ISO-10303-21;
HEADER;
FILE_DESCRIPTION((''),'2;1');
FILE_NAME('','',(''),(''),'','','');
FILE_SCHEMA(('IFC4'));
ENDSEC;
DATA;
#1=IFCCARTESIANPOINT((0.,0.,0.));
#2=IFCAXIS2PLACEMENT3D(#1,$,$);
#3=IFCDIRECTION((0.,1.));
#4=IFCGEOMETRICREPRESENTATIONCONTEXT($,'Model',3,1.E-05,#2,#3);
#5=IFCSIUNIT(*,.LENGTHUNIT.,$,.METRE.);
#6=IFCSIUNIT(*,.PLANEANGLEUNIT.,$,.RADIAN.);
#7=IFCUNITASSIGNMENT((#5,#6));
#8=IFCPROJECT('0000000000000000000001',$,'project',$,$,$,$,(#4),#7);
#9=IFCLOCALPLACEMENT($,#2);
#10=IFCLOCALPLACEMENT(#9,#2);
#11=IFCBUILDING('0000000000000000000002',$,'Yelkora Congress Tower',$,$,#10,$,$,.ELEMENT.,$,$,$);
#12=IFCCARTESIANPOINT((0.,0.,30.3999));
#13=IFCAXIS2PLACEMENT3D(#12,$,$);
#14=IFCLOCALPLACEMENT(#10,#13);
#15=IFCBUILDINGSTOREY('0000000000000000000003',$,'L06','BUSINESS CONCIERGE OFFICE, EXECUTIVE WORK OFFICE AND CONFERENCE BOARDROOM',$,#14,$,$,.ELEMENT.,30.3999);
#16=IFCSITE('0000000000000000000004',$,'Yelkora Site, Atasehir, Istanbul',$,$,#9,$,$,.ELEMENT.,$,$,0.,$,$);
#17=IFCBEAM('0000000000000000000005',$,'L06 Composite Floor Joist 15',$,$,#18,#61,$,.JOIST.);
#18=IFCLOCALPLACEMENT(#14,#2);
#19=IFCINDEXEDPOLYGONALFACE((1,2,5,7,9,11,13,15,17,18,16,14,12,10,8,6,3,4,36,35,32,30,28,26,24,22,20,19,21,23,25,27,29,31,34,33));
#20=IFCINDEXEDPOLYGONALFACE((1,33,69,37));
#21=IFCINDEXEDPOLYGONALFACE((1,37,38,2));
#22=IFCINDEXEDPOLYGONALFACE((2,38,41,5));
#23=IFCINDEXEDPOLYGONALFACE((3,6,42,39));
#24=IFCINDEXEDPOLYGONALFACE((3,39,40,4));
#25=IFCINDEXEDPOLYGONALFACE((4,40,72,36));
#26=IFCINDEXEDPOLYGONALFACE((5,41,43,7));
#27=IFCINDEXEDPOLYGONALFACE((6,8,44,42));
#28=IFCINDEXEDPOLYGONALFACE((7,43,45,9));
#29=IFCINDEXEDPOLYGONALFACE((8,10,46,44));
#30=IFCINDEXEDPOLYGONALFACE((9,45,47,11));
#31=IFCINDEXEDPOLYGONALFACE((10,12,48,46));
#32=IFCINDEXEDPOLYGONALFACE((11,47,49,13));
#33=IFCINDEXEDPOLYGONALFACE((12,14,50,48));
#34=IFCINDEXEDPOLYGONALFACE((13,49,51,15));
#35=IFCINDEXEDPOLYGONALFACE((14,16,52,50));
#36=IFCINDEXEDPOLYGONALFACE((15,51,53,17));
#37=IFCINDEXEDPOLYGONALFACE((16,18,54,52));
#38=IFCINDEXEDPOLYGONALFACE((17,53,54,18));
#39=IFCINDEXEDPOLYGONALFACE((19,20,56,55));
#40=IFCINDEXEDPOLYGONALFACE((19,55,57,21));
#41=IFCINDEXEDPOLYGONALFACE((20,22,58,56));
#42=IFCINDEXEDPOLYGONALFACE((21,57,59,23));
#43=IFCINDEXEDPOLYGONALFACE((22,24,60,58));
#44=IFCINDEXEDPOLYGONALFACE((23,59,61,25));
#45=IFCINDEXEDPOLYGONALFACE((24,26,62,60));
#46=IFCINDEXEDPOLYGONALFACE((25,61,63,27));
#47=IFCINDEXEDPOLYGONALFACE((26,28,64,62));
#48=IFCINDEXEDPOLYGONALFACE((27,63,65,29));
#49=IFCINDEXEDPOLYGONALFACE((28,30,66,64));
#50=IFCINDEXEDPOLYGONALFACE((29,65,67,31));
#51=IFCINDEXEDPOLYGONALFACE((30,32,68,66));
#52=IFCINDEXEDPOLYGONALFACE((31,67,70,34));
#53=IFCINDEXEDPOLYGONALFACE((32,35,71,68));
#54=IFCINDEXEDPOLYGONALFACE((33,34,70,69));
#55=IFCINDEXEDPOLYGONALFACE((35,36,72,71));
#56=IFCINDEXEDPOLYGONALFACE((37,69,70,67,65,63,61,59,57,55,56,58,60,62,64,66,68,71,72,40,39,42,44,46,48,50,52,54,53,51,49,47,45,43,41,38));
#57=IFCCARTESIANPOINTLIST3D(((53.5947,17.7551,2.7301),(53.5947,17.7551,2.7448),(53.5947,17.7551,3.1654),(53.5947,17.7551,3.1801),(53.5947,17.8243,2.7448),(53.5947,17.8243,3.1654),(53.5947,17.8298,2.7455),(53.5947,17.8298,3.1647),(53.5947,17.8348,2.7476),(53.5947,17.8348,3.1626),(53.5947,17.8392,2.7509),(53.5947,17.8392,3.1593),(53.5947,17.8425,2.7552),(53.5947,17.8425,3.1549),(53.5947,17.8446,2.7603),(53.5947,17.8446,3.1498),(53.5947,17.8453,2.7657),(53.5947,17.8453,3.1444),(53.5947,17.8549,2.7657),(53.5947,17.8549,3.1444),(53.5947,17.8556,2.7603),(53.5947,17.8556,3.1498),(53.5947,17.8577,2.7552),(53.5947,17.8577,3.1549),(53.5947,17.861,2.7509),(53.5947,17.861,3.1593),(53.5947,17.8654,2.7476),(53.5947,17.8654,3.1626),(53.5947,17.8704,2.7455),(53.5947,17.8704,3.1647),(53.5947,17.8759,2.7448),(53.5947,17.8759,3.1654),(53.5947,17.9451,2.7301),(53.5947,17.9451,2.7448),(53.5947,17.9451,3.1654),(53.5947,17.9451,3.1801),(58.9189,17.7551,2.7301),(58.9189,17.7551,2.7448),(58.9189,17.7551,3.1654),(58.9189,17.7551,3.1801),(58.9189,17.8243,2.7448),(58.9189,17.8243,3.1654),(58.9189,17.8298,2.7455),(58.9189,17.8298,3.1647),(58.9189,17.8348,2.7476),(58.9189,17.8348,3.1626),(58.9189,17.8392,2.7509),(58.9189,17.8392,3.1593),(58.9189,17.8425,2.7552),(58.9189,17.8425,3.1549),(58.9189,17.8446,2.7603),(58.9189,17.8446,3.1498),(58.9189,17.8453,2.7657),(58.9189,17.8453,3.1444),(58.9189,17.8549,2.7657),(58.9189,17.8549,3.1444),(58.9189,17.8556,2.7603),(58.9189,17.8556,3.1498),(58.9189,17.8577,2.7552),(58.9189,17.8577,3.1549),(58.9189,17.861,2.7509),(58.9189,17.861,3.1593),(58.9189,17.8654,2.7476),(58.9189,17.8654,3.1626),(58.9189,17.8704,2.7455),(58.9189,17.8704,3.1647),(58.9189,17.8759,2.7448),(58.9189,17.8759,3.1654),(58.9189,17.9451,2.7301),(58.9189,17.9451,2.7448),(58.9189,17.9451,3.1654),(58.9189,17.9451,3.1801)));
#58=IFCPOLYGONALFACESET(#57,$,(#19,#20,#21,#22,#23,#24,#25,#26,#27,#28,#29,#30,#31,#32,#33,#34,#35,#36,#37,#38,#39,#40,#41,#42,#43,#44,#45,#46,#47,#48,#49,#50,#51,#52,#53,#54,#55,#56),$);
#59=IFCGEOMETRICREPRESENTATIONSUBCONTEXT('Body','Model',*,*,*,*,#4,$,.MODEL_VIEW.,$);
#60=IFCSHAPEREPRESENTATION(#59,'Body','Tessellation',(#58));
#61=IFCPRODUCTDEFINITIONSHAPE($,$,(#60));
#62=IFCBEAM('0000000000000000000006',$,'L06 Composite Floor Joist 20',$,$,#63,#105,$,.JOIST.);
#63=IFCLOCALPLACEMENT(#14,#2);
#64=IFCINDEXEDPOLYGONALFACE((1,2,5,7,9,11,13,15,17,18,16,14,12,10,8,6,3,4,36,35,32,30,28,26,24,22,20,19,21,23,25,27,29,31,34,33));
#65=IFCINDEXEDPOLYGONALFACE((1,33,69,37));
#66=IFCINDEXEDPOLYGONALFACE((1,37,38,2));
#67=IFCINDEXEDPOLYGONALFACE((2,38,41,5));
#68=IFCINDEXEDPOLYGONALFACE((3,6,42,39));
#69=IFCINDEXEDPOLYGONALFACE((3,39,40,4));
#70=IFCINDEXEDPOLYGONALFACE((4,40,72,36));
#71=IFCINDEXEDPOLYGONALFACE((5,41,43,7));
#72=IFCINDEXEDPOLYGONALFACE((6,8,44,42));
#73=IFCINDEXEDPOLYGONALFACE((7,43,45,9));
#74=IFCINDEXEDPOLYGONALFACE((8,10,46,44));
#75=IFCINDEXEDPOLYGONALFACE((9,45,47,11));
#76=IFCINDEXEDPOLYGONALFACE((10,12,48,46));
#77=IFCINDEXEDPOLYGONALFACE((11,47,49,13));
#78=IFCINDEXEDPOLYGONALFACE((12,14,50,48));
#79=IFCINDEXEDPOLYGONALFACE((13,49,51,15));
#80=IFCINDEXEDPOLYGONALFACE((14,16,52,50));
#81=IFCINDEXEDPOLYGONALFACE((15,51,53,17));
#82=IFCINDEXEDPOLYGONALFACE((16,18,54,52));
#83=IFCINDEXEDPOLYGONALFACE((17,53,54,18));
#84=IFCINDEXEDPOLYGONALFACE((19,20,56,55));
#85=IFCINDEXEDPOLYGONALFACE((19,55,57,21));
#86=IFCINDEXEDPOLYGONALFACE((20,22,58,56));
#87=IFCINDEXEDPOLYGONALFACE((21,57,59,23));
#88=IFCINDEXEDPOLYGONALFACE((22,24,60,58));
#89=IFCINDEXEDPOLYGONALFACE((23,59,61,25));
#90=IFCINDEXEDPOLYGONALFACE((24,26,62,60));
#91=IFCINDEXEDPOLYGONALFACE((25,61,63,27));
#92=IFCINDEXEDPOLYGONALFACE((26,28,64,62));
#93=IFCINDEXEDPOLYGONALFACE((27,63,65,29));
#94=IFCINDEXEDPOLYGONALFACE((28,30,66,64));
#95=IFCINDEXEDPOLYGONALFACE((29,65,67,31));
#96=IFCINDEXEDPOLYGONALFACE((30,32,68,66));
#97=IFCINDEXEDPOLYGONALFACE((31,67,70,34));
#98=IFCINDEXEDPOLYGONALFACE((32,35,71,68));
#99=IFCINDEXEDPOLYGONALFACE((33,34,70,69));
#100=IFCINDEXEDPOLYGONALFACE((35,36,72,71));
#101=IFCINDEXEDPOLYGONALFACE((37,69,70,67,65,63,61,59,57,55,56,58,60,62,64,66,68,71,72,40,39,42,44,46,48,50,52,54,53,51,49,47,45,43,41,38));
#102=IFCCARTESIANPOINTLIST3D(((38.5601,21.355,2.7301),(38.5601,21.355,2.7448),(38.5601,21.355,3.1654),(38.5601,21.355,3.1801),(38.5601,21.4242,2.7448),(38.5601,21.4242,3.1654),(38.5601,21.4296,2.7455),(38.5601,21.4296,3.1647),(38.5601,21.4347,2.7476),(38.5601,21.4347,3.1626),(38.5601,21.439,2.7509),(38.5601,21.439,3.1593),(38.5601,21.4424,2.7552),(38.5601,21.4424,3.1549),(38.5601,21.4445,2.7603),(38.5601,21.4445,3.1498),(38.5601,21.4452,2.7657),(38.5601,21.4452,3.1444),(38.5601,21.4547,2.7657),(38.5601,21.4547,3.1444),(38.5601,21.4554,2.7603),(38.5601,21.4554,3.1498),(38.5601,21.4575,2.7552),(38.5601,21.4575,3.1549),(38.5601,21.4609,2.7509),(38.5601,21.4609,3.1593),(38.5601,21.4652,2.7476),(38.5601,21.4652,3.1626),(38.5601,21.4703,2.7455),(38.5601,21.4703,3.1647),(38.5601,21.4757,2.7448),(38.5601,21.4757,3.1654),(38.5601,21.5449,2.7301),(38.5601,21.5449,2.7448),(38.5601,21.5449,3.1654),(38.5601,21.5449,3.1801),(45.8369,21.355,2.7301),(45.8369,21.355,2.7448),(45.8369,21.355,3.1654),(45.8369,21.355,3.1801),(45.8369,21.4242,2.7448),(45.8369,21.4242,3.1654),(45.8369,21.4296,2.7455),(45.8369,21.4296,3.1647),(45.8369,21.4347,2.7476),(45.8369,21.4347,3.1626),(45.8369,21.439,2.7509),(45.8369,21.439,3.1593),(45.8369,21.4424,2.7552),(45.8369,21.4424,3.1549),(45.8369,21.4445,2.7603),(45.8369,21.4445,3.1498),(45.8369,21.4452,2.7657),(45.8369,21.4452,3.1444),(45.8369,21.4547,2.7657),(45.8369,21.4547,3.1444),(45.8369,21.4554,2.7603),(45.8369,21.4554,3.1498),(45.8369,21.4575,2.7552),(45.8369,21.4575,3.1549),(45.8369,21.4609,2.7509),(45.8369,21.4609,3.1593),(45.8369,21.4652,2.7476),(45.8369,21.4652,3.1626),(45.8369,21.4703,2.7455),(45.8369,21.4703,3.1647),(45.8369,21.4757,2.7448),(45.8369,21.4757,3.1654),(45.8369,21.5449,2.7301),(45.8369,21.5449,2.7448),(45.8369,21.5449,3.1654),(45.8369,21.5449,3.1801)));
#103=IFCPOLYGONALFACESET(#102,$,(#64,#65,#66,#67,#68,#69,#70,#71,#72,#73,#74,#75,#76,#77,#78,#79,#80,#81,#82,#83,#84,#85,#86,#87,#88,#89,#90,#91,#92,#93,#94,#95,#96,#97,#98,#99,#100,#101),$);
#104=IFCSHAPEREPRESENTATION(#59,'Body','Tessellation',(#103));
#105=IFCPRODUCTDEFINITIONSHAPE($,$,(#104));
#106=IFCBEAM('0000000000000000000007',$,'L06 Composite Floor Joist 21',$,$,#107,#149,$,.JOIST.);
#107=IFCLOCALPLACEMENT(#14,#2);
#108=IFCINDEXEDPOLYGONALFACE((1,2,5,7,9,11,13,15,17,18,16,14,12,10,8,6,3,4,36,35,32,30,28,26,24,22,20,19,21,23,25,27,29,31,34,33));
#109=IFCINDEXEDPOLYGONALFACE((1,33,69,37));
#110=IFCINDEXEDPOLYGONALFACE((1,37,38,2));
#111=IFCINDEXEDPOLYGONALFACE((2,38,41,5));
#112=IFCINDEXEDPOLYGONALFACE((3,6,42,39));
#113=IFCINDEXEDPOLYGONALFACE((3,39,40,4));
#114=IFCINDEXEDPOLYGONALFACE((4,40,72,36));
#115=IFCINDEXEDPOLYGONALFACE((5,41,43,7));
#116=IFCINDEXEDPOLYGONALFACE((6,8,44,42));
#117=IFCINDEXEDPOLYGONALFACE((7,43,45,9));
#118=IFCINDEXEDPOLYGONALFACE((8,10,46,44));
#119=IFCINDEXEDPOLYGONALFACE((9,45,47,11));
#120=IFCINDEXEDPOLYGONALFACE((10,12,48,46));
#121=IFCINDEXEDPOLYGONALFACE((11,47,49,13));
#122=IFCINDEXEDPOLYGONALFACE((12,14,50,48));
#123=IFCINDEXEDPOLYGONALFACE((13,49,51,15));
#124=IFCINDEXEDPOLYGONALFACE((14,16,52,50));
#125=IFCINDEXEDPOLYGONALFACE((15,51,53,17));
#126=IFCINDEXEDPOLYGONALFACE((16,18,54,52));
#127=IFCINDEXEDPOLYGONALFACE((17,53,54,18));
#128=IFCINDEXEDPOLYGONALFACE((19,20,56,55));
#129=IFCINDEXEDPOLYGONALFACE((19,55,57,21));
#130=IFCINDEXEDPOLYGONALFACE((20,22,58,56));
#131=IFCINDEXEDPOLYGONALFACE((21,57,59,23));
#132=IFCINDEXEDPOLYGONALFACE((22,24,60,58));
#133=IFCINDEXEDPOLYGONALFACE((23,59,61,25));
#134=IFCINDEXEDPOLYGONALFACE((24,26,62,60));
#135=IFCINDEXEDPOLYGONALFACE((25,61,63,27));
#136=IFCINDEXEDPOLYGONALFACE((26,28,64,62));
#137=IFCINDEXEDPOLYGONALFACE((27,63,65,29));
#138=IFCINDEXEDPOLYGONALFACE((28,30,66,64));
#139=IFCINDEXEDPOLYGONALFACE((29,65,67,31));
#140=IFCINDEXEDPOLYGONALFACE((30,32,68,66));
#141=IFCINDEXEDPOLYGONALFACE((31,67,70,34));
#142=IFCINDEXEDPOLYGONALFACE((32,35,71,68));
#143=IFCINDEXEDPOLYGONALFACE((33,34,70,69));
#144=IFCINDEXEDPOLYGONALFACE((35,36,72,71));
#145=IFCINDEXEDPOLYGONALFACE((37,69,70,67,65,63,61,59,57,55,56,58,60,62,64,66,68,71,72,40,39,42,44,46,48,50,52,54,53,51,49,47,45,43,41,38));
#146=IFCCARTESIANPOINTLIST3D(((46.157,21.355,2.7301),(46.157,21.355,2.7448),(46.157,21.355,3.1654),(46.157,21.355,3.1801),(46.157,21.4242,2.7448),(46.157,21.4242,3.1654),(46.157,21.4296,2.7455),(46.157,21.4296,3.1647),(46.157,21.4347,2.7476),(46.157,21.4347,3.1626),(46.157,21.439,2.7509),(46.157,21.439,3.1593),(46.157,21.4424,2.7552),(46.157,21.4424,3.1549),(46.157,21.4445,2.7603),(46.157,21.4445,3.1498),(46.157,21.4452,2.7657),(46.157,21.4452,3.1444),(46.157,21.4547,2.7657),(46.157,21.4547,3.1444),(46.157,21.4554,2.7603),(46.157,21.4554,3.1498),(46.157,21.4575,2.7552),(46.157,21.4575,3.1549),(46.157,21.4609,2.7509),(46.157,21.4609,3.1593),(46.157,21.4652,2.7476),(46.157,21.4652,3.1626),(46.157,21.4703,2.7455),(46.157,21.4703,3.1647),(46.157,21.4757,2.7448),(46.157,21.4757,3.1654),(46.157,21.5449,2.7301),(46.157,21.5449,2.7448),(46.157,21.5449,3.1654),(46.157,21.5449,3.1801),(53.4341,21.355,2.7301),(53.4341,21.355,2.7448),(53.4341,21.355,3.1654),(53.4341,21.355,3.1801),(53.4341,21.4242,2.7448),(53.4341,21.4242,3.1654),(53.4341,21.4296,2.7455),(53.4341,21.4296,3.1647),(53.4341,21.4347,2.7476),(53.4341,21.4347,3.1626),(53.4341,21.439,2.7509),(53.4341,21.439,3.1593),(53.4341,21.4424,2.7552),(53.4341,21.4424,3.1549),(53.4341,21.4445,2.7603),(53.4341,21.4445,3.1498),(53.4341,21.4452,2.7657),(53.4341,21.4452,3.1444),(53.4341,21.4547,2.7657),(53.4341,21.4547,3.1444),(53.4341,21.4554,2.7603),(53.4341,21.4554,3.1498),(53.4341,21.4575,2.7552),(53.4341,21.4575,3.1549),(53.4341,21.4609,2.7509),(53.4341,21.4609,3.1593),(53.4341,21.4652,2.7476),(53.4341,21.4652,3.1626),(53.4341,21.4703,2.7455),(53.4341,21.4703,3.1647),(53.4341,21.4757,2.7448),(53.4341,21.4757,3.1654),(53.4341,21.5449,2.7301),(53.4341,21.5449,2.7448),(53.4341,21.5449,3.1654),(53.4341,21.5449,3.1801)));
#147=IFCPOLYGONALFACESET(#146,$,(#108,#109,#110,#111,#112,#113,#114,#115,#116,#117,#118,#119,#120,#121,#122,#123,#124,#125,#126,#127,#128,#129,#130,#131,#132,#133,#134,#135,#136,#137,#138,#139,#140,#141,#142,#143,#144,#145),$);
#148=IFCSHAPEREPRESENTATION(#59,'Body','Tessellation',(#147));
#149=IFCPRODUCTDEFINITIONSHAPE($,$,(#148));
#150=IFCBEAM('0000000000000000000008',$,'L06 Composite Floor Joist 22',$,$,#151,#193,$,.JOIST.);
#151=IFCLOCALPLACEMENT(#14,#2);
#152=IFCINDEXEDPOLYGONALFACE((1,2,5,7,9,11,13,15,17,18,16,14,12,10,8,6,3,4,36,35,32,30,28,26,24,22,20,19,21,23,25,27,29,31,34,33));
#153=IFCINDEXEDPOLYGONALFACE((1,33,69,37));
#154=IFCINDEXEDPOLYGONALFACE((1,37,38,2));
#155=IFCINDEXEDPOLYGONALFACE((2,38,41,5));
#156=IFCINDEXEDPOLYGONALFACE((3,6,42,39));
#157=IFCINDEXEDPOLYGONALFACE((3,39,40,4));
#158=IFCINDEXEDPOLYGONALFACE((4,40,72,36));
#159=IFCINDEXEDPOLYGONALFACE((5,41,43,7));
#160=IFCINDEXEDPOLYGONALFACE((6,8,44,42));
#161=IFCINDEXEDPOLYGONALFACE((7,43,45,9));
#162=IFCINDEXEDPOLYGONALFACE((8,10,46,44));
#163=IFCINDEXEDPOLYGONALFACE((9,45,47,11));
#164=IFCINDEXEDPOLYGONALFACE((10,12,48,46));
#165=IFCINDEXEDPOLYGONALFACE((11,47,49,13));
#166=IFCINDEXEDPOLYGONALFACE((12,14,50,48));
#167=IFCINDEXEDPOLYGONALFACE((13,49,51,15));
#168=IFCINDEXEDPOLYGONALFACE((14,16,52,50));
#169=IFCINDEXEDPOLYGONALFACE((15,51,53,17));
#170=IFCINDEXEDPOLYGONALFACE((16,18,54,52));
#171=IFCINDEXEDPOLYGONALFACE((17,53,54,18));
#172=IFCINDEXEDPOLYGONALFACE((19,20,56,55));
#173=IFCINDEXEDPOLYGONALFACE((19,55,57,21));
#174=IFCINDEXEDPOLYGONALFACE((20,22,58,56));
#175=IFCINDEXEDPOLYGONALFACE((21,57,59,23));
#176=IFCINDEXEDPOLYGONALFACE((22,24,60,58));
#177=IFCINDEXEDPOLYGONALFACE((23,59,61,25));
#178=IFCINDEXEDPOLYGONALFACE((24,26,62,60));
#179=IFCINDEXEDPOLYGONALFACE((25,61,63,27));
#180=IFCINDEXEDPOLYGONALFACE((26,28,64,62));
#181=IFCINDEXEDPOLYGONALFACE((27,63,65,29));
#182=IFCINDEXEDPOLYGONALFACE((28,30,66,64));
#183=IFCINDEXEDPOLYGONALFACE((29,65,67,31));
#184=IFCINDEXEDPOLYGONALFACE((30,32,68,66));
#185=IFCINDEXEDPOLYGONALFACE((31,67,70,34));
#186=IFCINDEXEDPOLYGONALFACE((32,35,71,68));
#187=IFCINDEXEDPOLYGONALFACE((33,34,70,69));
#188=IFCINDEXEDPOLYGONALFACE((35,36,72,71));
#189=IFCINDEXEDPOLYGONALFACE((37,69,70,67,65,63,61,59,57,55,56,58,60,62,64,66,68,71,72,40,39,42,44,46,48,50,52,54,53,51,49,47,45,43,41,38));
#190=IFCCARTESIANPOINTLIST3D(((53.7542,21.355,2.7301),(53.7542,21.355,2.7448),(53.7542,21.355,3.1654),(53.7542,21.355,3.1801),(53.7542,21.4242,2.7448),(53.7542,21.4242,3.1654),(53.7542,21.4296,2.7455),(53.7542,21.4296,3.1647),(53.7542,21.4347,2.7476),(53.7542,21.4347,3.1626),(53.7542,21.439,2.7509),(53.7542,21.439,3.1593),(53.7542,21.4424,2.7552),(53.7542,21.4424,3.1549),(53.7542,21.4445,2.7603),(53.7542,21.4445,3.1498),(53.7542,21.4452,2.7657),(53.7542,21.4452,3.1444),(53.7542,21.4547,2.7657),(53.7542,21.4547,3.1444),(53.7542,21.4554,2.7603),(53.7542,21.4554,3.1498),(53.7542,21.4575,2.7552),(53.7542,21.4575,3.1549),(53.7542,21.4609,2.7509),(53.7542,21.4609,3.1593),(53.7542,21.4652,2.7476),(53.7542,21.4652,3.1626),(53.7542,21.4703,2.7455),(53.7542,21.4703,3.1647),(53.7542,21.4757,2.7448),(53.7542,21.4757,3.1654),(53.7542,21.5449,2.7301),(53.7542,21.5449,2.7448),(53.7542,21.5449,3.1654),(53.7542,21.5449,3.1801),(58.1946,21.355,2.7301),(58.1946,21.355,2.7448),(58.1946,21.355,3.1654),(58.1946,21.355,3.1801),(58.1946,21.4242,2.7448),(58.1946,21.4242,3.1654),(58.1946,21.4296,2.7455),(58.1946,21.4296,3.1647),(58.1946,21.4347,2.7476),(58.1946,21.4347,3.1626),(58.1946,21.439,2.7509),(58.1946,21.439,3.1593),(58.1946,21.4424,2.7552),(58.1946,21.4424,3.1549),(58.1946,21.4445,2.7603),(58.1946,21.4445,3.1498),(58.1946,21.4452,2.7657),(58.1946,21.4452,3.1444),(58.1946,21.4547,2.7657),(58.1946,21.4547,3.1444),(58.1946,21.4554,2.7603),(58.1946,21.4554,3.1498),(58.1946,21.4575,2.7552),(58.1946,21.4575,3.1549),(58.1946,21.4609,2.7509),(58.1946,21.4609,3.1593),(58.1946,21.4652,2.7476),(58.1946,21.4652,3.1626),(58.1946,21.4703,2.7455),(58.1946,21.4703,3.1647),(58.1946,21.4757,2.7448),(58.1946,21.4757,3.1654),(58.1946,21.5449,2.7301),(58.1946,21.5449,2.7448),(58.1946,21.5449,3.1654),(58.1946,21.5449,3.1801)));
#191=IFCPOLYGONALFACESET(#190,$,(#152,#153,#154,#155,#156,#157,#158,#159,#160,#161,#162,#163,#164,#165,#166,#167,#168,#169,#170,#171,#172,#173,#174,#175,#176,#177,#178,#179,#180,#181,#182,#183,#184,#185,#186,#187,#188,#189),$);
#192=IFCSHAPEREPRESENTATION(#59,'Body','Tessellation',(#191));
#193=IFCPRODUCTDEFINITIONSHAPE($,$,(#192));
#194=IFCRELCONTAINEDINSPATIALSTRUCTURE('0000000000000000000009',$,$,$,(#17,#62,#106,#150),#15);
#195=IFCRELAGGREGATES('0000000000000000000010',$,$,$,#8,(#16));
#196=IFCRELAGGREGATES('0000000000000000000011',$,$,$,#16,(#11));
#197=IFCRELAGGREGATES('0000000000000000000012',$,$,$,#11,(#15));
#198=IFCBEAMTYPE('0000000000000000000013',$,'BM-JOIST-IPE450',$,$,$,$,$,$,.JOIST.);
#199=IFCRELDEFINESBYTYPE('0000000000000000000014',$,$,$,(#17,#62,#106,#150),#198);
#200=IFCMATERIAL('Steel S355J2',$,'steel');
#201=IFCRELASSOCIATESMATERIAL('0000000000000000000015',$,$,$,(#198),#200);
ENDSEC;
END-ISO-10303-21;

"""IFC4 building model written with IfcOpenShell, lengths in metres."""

from ifc_helpers import new_model, si_unit, direction, frame, origin, origin_2d, place, context, subcontext, project, spatial, i_section, extrude, material, material_profile, profile_set, type_object, element, save


model = new_model("IFC4")

# Units and contexts
model_context = context("Model", 3, precision=1e-05, world=origin(), true_north=direction((0.0, 1.0)))
body_context = subcontext(model_context, "Body", "Model", "MODEL_VIEW")
ifc_project = project(units=[si_unit("LENGTHUNIT", "METRE"), si_unit("PLANEANGLEUNIT", "RADIAN")], contexts=[model_context])

# Site, building, storey
site_placement = place(None, origin())
site = spatial("IfcSite", under=ifc_project, at=site_placement, Name="Yelkora Site, Atasehir, Istanbul", CompositionType="ELEMENT", RefElevation=0.0)
building_placement = place(site_placement, origin())
building = spatial("IfcBuilding", under=site, at=building_placement, Name="Yelkora Congress Tower", CompositionType="ELEMENT")
storey_placement = place(building_placement, frame((0.0, 0.0, 30.3999)))
storey = spatial("IfcBuildingStorey", under=building, at=storey_placement, Name="L06", Description="BUSINESS CONCIERGE OFFICE, EXECUTIVE WORK OFFICE AND CONFERENCE BOARDROOM", CompositionType="ELEMENT", Elevation=30.3999)

# Beams
ifc_material_1 = material(Name="Steel S355J2", Category="steel")
ifc_material_profile_1 = material_profile(ifc_material_1, i_section(OverallWidth=0.1899, OverallDepth=0.45, WebThickness=0.0095, FlangeThickness=0.0146, FilletRadius=0.021, at=origin_2d()), Name="IPE 450")
ifc_profile_set_1 = profile_set([ifc_material_profile_1], Name="Steel S355J2")
beam_type_1 = type_object("IfcBeamType", Name="BM-JOIST-IPE450", PredefinedType="JOIST", material=ifc_profile_set_1)
beam_1_placement = place(storey_placement, frame((53.5947, 17.8501, 2.9551), z_axis=(1.0, 0.0, 0.0), x_axis=(0.0, 1.0, 0.0)))
element("IfcBeam", 1, at=beam_1_placement, inside=storey, type_object=beam_type_1, Name="L06 Composite Floor Joist 15", PredefinedType="JOIST", context=body_context, shape_type="SweptSolid", body=[
    extrude(i_section(OverallWidth=0.1899, OverallDepth=0.45, WebThickness=0.0095, FlangeThickness=0.0146, FilletRadius=0.021, at=origin_2d()), origin(), (0.0, 0.0, 1.0), 5.3242),
])
beam_2_placement = place(storey_placement, frame((38.5601, 21.45, 2.9551), z_axis=(1.0, 0.0, 0.0), x_axis=(0.0, 1.0, 0.0)))
element("IfcBeam", 2, at=beam_2_placement, inside=storey, type_object=beam_type_1, Name="L06 Composite Floor Joist 20", PredefinedType="JOIST", context=body_context, shape_type="SweptSolid", body=[
    extrude(i_section(OverallWidth=0.1899, OverallDepth=0.45, WebThickness=0.0095, FlangeThickness=0.0146, FilletRadius=0.021, at=origin_2d()), origin(), (0.0, 0.0, 1.0), 7.2769),
])
beam_3_placement = place(storey_placement, frame((46.157, 21.45, 2.9551), z_axis=(1.0, 0.0, 0.0), x_axis=(0.0, 1.0, 0.0)))
element("IfcBeam", 3, at=beam_3_placement, inside=storey, type_object=beam_type_1, Name="L06 Composite Floor Joist 21", PredefinedType="JOIST", context=body_context, shape_type="SweptSolid", body=[
    extrude(i_section(OverallWidth=0.1899, OverallDepth=0.45, WebThickness=0.0095, FlangeThickness=0.0146, FilletRadius=0.021, at=origin_2d()), origin(), (0.0, 0.0, 1.0), 7.2771),
])
beam_4_placement = place(storey_placement, frame((53.7542, 21.45, 2.9551), z_axis=(1.0, 0.0, 0.0), x_axis=(0.0, 1.0, 0.0)))
element("IfcBeam", 4, at=beam_4_placement, inside=storey, type_object=beam_type_1, Name="L06 Composite Floor Joist 22", PredefinedType="JOIST", context=body_context, shape_type="SweptSolid", body=[
    extrude(i_section(OverallWidth=0.1899, OverallDepth=0.45, WebThickness=0.0095, FlangeThickness=0.0146, FilletRadius=0.021, at=origin_2d()), origin(), (0.0, 0.0, 1.0), 4.4404),
])

save(model, "model.ifc")
